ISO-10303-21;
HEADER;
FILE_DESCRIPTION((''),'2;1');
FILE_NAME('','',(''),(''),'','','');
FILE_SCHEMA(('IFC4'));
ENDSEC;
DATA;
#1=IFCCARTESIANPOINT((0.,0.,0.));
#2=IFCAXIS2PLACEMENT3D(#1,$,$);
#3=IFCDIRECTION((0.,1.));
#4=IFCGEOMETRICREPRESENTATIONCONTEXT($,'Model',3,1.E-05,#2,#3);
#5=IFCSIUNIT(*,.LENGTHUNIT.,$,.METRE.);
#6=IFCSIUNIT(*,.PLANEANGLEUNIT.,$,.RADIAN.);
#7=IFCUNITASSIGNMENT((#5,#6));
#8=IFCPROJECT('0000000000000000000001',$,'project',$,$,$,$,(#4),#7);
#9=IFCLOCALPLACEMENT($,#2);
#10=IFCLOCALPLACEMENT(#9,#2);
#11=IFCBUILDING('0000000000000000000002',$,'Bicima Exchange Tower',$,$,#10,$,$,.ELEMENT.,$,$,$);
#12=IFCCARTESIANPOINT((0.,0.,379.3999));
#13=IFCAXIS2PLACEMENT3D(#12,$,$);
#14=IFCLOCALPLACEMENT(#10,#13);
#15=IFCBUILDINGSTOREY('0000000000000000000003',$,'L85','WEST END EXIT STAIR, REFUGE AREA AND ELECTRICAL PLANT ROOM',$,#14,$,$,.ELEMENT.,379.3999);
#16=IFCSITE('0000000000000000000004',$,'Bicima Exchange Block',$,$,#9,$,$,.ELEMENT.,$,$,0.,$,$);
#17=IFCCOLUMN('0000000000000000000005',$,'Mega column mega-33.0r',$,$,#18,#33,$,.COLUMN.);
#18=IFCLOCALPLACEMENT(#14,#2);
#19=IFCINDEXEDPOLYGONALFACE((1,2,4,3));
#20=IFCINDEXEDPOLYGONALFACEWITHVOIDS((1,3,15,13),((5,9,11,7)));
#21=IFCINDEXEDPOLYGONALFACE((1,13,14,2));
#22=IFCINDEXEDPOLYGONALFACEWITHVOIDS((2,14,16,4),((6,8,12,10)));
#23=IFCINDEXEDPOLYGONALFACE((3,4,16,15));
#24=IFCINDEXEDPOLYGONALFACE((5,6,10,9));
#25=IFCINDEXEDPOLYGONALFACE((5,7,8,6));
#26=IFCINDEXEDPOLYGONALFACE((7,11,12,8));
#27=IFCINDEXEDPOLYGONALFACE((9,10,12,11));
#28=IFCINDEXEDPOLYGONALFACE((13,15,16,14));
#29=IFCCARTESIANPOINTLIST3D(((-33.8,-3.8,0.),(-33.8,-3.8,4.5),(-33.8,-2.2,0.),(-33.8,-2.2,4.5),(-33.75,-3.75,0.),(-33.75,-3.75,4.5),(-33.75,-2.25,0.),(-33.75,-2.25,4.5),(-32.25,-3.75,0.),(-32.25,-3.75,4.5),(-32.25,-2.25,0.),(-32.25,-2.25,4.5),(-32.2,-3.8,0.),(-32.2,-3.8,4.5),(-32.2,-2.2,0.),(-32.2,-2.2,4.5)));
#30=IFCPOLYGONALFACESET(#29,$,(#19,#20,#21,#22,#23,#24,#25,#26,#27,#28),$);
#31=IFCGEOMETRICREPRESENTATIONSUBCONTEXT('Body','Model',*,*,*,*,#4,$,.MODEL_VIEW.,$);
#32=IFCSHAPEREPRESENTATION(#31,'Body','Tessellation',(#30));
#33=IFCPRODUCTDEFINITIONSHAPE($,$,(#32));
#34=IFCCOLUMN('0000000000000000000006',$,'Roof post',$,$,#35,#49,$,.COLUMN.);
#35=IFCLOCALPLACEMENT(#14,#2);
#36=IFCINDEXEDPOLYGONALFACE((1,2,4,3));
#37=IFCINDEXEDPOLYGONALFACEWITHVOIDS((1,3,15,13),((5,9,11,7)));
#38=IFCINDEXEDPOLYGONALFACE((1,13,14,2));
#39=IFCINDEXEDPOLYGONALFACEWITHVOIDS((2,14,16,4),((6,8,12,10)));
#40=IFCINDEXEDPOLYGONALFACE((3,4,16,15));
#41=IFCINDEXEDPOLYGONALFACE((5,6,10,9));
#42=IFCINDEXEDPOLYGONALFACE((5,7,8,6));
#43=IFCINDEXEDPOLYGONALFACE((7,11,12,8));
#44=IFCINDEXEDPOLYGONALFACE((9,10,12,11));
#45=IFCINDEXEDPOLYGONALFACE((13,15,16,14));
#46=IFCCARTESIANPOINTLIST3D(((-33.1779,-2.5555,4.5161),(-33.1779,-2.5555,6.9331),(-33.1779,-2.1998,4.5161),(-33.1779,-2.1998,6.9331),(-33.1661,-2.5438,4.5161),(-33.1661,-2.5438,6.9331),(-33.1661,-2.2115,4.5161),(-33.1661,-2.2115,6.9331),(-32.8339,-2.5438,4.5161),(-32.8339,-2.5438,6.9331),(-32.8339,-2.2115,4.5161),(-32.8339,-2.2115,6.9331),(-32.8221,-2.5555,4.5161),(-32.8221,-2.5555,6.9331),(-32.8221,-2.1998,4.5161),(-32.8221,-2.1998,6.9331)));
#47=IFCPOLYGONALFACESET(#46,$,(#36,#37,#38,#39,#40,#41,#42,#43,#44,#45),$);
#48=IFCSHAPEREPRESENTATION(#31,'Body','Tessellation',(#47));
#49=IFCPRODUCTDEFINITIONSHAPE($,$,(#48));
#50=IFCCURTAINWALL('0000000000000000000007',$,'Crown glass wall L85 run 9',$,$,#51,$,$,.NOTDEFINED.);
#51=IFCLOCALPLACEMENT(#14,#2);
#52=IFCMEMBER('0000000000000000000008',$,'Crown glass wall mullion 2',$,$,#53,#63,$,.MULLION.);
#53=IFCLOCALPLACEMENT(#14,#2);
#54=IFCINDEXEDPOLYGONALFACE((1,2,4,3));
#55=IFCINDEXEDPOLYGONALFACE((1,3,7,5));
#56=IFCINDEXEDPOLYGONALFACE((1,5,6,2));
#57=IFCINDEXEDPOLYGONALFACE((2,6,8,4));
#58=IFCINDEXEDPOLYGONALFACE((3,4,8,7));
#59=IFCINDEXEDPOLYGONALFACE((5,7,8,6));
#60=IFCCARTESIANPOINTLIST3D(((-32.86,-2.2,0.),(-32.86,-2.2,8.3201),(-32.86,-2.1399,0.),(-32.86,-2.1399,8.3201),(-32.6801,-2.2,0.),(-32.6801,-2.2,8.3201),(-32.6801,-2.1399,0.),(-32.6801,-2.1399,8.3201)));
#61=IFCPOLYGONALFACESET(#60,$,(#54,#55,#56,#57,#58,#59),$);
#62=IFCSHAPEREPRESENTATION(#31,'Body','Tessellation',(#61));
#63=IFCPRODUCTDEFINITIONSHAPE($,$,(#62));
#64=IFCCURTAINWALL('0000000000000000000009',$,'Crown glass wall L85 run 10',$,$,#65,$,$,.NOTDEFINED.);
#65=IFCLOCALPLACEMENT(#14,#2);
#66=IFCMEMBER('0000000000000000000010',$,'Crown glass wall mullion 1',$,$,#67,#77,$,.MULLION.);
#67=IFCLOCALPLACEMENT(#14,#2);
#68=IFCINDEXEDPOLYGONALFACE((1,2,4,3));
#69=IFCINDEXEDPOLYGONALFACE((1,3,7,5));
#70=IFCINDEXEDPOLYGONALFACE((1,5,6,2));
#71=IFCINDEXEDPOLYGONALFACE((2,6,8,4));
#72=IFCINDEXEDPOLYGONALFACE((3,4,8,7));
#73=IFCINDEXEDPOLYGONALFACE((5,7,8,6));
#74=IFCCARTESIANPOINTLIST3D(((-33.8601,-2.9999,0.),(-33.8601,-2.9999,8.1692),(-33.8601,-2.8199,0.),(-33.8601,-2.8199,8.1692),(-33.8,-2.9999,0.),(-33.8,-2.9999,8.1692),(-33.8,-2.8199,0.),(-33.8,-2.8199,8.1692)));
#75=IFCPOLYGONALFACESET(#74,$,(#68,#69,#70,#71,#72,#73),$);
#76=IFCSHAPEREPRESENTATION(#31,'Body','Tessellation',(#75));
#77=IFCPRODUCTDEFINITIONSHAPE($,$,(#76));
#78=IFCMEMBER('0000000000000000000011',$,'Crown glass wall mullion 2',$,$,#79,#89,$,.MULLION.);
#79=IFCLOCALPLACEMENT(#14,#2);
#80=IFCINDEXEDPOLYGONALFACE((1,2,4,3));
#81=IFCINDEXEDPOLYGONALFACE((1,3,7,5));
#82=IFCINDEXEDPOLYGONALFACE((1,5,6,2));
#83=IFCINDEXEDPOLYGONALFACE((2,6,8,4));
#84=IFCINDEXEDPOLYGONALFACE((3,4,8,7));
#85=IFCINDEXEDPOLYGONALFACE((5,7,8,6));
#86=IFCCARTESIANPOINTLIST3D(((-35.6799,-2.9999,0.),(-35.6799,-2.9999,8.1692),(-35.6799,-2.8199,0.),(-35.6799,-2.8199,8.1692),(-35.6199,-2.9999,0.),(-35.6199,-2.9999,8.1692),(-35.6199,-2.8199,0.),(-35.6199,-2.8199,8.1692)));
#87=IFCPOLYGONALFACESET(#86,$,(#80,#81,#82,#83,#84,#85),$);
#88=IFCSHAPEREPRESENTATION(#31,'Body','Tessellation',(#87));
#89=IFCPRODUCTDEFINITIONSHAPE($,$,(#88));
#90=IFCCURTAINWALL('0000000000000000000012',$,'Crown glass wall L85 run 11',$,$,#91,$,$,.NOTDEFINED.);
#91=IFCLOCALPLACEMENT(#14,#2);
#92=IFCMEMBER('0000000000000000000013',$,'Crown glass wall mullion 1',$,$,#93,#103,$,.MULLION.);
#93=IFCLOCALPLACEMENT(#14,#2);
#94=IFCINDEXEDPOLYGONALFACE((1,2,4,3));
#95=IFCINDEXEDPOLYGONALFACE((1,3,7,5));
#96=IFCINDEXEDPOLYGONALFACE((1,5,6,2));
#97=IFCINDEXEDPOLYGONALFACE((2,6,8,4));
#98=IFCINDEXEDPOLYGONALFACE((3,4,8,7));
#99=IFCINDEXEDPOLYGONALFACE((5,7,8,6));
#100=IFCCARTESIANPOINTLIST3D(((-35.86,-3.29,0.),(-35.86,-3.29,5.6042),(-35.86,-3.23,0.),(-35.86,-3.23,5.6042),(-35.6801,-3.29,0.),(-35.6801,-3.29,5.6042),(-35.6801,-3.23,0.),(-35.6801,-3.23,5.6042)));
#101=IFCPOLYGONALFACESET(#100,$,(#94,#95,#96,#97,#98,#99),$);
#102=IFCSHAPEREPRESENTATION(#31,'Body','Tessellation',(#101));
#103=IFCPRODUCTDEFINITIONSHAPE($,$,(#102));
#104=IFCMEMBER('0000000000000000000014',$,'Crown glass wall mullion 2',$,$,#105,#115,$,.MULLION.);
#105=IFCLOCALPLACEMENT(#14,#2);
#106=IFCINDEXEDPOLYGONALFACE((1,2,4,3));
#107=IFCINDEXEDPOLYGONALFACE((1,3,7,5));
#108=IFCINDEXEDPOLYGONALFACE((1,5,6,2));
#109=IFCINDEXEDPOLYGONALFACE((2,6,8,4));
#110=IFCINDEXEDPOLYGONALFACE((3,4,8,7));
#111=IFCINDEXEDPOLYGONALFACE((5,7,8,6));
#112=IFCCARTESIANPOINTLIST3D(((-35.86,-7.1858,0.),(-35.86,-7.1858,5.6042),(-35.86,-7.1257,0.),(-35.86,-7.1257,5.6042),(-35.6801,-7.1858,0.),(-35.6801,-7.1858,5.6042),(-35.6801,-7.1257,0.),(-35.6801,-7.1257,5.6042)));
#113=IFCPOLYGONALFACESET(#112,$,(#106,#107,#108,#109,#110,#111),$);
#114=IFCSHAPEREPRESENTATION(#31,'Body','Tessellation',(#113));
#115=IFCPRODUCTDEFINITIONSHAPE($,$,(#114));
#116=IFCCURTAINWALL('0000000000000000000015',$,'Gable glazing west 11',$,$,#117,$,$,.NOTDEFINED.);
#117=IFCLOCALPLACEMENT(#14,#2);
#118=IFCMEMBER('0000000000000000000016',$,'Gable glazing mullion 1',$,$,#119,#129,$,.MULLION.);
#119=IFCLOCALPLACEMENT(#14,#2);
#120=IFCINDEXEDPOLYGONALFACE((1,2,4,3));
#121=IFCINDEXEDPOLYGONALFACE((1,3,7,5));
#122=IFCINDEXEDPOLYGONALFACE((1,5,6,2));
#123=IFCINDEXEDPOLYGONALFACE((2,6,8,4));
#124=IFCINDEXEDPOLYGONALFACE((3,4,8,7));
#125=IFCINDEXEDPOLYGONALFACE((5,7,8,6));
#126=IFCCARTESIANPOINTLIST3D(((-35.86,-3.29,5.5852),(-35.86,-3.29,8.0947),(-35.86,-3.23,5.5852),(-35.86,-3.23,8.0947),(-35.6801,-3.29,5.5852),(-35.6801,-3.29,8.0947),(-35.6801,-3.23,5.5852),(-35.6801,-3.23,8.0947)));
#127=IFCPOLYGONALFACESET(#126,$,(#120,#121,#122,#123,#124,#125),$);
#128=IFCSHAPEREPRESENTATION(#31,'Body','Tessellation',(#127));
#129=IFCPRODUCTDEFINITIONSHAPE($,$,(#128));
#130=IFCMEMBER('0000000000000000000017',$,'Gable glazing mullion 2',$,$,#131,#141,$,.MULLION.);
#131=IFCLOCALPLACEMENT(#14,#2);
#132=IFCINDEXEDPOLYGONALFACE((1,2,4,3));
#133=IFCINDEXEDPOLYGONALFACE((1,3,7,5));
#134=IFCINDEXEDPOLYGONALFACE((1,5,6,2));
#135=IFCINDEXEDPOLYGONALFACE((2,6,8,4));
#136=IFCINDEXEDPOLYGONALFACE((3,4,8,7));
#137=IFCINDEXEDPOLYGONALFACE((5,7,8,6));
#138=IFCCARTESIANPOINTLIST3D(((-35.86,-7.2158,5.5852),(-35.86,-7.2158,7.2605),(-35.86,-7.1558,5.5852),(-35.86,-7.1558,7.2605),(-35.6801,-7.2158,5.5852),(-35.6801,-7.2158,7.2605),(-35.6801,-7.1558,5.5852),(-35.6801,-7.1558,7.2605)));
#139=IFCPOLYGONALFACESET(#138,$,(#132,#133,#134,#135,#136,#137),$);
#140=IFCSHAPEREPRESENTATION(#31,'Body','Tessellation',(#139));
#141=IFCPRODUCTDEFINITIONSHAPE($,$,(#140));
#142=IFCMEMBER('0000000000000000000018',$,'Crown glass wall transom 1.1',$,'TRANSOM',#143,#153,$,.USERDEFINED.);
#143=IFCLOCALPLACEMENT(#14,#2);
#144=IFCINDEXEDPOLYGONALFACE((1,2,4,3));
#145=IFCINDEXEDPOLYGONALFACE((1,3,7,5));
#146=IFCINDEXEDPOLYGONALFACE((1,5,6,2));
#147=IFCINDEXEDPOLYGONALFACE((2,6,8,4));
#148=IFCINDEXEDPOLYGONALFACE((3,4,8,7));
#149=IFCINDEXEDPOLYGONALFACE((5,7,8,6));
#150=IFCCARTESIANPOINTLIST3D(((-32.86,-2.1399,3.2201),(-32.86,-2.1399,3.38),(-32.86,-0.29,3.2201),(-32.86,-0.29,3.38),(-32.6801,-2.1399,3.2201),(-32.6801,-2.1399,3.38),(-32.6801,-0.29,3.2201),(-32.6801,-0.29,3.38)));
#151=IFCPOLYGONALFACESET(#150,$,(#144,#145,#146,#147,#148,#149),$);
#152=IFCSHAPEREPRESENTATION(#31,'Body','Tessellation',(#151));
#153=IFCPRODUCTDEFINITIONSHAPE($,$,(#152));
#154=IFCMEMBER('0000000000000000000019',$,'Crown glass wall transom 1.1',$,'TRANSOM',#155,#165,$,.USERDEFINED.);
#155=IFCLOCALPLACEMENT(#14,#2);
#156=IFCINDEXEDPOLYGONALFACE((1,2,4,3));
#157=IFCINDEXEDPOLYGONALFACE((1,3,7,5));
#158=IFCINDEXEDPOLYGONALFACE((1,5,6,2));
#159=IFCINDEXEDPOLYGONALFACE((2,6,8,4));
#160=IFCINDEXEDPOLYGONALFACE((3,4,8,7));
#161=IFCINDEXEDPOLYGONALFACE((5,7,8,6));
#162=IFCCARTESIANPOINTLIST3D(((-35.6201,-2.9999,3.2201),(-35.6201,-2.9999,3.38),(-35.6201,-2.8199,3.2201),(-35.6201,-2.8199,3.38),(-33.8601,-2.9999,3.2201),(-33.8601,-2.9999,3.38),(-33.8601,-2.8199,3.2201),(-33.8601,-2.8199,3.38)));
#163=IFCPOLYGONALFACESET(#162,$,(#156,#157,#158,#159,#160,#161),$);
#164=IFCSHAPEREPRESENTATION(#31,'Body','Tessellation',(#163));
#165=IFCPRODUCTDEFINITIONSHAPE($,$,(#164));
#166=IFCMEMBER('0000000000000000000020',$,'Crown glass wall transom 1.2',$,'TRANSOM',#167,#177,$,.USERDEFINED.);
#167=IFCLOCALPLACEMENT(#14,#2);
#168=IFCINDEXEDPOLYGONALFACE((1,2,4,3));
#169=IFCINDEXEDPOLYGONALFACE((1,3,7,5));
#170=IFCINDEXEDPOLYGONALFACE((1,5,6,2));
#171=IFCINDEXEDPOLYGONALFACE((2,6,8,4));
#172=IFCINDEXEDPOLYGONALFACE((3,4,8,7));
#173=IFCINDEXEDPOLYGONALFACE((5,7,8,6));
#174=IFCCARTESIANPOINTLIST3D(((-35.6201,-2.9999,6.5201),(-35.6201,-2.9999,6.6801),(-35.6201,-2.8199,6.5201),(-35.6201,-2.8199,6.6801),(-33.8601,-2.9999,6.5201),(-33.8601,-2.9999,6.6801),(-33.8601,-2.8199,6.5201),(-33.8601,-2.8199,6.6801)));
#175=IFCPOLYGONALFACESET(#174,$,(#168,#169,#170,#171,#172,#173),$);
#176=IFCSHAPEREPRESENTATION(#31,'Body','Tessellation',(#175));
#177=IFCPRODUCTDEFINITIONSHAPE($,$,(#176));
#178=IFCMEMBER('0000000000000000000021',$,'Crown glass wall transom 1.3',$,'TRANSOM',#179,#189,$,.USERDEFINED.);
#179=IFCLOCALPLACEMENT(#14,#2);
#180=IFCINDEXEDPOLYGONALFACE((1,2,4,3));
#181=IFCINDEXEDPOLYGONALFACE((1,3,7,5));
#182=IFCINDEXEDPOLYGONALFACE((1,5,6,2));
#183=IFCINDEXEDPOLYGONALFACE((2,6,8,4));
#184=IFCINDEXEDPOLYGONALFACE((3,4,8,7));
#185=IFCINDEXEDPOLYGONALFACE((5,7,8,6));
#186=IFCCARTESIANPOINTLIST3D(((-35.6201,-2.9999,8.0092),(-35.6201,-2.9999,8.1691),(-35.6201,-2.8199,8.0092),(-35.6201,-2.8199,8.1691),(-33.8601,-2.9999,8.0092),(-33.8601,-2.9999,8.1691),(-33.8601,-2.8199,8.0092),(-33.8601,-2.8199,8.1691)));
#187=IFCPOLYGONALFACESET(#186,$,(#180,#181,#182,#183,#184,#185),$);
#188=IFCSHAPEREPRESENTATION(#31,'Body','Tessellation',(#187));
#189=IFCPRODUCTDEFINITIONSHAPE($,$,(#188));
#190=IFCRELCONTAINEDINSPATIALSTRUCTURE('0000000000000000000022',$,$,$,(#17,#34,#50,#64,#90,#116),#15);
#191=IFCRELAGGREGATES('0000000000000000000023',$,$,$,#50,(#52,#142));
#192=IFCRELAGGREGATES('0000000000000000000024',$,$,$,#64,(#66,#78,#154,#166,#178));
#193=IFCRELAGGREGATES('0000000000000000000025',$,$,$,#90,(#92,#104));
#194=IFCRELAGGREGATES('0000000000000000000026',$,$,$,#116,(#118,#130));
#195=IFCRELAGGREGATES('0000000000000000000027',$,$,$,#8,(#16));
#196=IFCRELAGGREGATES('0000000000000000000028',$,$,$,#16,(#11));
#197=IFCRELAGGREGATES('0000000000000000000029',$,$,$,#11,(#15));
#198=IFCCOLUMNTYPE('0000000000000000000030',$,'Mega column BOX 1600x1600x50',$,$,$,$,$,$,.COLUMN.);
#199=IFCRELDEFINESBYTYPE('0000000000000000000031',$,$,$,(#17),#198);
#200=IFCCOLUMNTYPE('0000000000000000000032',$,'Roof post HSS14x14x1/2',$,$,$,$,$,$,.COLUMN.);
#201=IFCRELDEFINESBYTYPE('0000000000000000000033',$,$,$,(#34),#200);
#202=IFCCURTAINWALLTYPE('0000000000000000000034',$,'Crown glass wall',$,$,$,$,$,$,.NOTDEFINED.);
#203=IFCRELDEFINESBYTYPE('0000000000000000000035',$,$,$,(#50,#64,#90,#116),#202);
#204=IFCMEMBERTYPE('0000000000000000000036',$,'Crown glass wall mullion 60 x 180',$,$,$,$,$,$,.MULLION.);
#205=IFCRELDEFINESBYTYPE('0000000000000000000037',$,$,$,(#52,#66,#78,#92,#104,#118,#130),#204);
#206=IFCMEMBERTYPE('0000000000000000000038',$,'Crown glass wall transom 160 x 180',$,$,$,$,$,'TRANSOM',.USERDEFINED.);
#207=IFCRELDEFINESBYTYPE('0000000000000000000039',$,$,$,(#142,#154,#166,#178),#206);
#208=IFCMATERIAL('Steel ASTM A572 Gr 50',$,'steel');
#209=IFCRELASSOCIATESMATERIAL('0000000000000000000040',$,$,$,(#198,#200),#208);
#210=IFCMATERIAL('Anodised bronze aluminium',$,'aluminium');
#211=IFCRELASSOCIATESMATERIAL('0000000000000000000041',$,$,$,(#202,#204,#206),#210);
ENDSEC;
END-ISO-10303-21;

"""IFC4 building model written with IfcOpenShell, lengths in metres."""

from ifc_helpers import new_model, si_unit, direction, frame, origin, origin_2d, place, context, subcontext, project, spatial, rectangle, hollow_rectangle, extrude, material, material_profile, profile_set, type_object, element, aggregate, save


model = new_model("IFC4")

# Units and contexts
model_context = context("Model", 3, precision=1e-05, world=origin(), true_north=direction((0.0, 1.0)))
body_context = subcontext(model_context, "Body", "Model", "MODEL_VIEW")
ifc_project = project(units=[si_unit("LENGTHUNIT", "METRE"), si_unit("PLANEANGLEUNIT", "RADIAN")], contexts=[model_context])

# Site, building, storey
site_placement = place(None, origin())
site = spatial("IfcSite", under=ifc_project, at=site_placement, Name="Bicima Exchange Block", CompositionType="ELEMENT", RefElevation=0.0)
building_placement = place(site_placement, origin())
building = spatial("IfcBuilding", under=site, at=building_placement, Name="Bicima Exchange Tower", CompositionType="ELEMENT")
storey_placement = place(building_placement, frame((0.0, 0.0, 379.3999)))
storey = spatial("IfcBuildingStorey", under=building, at=storey_placement, Name="L85", Description="WEST END EXIT STAIR, REFUGE AREA AND ELECTRICAL PLANT ROOM", CompositionType="ELEMENT", Elevation=379.3999)

# Columns
ifc_material_1 = material(Name="Steel ASTM A572 Gr 50", Category="steel")
ifc_material_profile_1 = material_profile(ifc_material_1, hollow_rectangle(XDim=1.6001, YDim=1.6001, WallThickness=0.05, at=origin_2d()))
ifc_profile_set_1 = profile_set([ifc_material_profile_1], Name="Steel ASTM A572 Gr 50")
column_type_1 = type_object("IfcColumnType", Name="Mega column BOX 1600x1600x50", PredefinedType="COLUMN", material=ifc_profile_set_1)
column_1_placement = place(storey_placement, frame((-33.0, -3.0, 0.0), z_axis=(0.0, 0.0, 1.0), x_axis=(1.0, 0.0, 0.0)))
element("IfcColumn", 1, at=column_1_placement, inside=storey, type_object=column_type_1, Name="Mega column mega-33.0r", PredefinedType="COLUMN", context=body_context, shape_type="SweptSolid", body=[
    extrude(hollow_rectangle(XDim=1.6001, YDim=1.6001, WallThickness=0.05, at=origin_2d()), origin(), (0.0, 0.0, 1.0), 4.5),
])
ifc_material_profile_2 = material_profile(ifc_material_1, hollow_rectangle(XDim=0.3557, YDim=0.3557, WallThickness=0.0117, at=origin_2d()))
ifc_profile_set_2 = profile_set([ifc_material_profile_2], Name="Steel ASTM A572 Gr 50")
column_type_2 = type_object("IfcColumnType", Name="Roof post HSS14x14x1/2", PredefinedType="COLUMN", material=ifc_profile_set_2)
column_2_placement = place(storey_placement, frame((-33.0, -2.3777, 4.5161), z_axis=(0.0, 0.0, 1.0), x_axis=(1.0, 0.0, 0.0)))
element("IfcColumn", 2, at=column_2_placement, inside=storey, type_object=column_type_2, Name="Roof post", PredefinedType="COLUMN", context=body_context, shape_type="SweptSolid", body=[
    extrude(hollow_rectangle(XDim=0.3557, YDim=0.3557, WallThickness=0.0117, at=origin_2d()), origin(), (0.0, 0.0, 1.0), 2.417),
])

# Curtain wall, member
ifc_material_2 = material(Name="Anodised bronze aluminium", Category="aluminium")
curtain_wall_type = type_object("IfcCurtainWallType", Name="Crown glass wall", PredefinedType="NOTDEFINED", material=ifc_material_2)
curtain_wall_1_placement = place(storey_placement, origin())
curtain_wall_1 = element("IfcCurtainWall", 3, at=curtain_wall_1_placement, inside=storey, type_object=curtain_wall_type, Name="Crown glass wall L85 run 9", PredefinedType="NOTDEFINED")
ifc_material_profile_3 = material_profile(ifc_material_2, rectangle(XDim=0.1799, YDim=0.0601, at=origin_2d()))
ifc_profile_set_3 = profile_set([ifc_material_profile_3], Name="Anodised bronze aluminium")
member_type_1 = type_object("IfcMemberType", Name="Crown glass wall mullion 60 x 180", PredefinedType="MULLION", material=ifc_profile_set_3)
member_1_placement = place(storey_placement, frame((-32.77, -2.1699, 0.0), z_axis=(0.0, 0.0, 1.0), x_axis=(1.0, 0.0, 0.0)))
member_1 = element("IfcMember", 4, at=member_1_placement, type_object=member_type_1, Name="Crown glass wall mullion 2", PredefinedType="MULLION", context=body_context, shape_type="SweptSolid", body=[
    extrude(rectangle(XDim=0.1799, YDim=0.0601, at=origin_2d()), origin(), (0.0, 0.0, 1.0), 8.3201),
])

# Curtain walls, members
curtain_wall_2_placement = place(storey_placement, origin())
curtain_wall_2 = element("IfcCurtainWall", 5, at=curtain_wall_2_placement, inside=storey, type_object=curtain_wall_type, Name="Crown glass wall L85 run 10", PredefinedType="NOTDEFINED")
member_2_placement = place(storey_placement, frame((-33.8301, -2.9099, 0.0), z_axis=(0.0, 0.0, 1.0), x_axis=(0.0, -1.0, 0.0)))
member_2 = element("IfcMember", 6, at=member_2_placement, type_object=member_type_1, Name="Crown glass wall mullion 1", PredefinedType="MULLION", context=body_context, shape_type="SweptSolid", body=[
    extrude(rectangle(XDim=0.1799, YDim=0.0601, at=origin_2d()), origin(), (0.0, 0.0, 1.0), 8.1692),
])
member_3_placement = place(storey_placement, frame((-35.6499, -2.9099, 0.0), z_axis=(0.0, 0.0, 1.0), x_axis=(0.0, -1.0, 0.0)))
member_3 = element("IfcMember", 7, at=member_3_placement, type_object=member_type_1, Name="Crown glass wall mullion 2", PredefinedType="MULLION", context=body_context, shape_type="SweptSolid", body=[
    extrude(rectangle(XDim=0.1799, YDim=0.0601, at=origin_2d()), origin(), (0.0, 0.0, 1.0), 8.1692),
])
curtain_wall_3_placement = place(storey_placement, origin())
curtain_wall_3 = element("IfcCurtainWall", 8, at=curtain_wall_3_placement, inside=storey, type_object=curtain_wall_type, Name="Crown glass wall L85 run 11", PredefinedType="NOTDEFINED")
member_4_placement = place(storey_placement, frame((-35.77, -3.26, 0.0), z_axis=(0.0, 0.0, 1.0), x_axis=(1.0, 0.0, 0.0)))
member_4 = element("IfcMember", 9, at=member_4_placement, type_object=member_type_1, Name="Crown glass wall mullion 1", PredefinedType="MULLION", context=body_context, shape_type="SweptSolid", body=[
    extrude(rectangle(XDim=0.1799, YDim=0.0601, at=origin_2d()), origin(), (0.0, 0.0, 1.0), 5.6042),
])
member_5_placement = place(storey_placement, frame((-35.77, -7.1558, 0.0), z_axis=(0.0, 0.0, 1.0), x_axis=(1.0, 0.0, 0.0)))
member_5 = element("IfcMember", 10, at=member_5_placement, type_object=member_type_1, Name="Crown glass wall mullion 2", PredefinedType="MULLION", context=body_context, shape_type="SweptSolid", body=[
    extrude(rectangle(XDim=0.1799, YDim=0.0601, at=origin_2d()), origin(), (0.0, 0.0, 1.0), 5.6042),
])
curtain_wall_4_placement = place(storey_placement, origin())
curtain_wall_4 = element("IfcCurtainWall", 11, at=curtain_wall_4_placement, inside=storey, type_object=curtain_wall_type, Name="Gable glazing west 11", PredefinedType="NOTDEFINED")
member_6_placement = place(storey_placement, frame((-35.77, -3.26, 5.5852), z_axis=(0.0, 0.0, 1.0), x_axis=(1.0, 0.0, 0.0)))
member_6 = element("IfcMember", 12, at=member_6_placement, type_object=member_type_1, Name="Gable glazing mullion 1", PredefinedType="MULLION", context=body_context, shape_type="SweptSolid", body=[
    extrude(rectangle(XDim=0.1799, YDim=0.0601, at=origin_2d()), origin(), (0.0, 0.0, 1.0), 2.5095),
])
member_7_placement = place(storey_placement, frame((-35.77, -7.1858, 5.5852), z_axis=(0.0, 0.0, 1.0), x_axis=(1.0, 0.0, 0.0)))
member_7 = element("IfcMember", 13, at=member_7_placement, type_object=member_type_1, Name="Gable glazing mullion 2", PredefinedType="MULLION", context=body_context, shape_type="SweptSolid", body=[
    extrude(rectangle(XDim=0.1799, YDim=0.0601, at=origin_2d()), origin(), (0.0, 0.0, 1.0), 1.6753),
])

# Members
ifc_material_profile_4 = material_profile(ifc_material_2, rectangle(XDim=0.1799, YDim=0.1599, at=origin_2d()))
ifc_profile_set_4 = profile_set([ifc_material_profile_4], Name="Anodised bronze aluminium")
member_type_2 = type_object("IfcMemberType", Name="Crown glass wall transom 160 x 180", ElementType="TRANSOM", PredefinedType="USERDEFINED", material=ifc_profile_set_4)
member_8_placement = place(storey_placement, frame((-32.77, -0.29, 3.3), z_axis=(0.0, -1.0, 0.0), x_axis=(1.0, 0.0, 0.0)))
member_8 = element("IfcMember", 14, at=member_8_placement, type_object=member_type_2, Name="Crown glass wall transom 1.1", ObjectType="TRANSOM", PredefinedType="USERDEFINED", context=body_context, shape_type="SweptSolid", body=[
    extrude(rectangle(XDim=0.1799, YDim=0.1599, at=origin_2d()), origin(), (0.0, 0.0, 1.0), 1.8499),
])
member_9_placement = place(storey_placement, frame((-33.8601, -2.9099, 3.3), z_axis=(-1.0, 0.0, 0.0), x_axis=(0.0, -1.0, 0.0)))
member_9 = element("IfcMember", 15, at=member_9_placement, type_object=member_type_2, Name="Crown glass wall transom 1.1", ObjectType="TRANSOM", PredefinedType="USERDEFINED", context=body_context, shape_type="SweptSolid", body=[
    extrude(rectangle(XDim=0.1799, YDim=0.1599, at=origin_2d()), origin(), (0.0, 0.0, 1.0), 1.76),
])
member_10_placement = place(storey_placement, frame((-33.8601, -2.9099, 6.6001), z_axis=(-1.0, 0.0, 0.0), x_axis=(0.0, -1.0, 0.0)))
member_10 = element("IfcMember", 16, at=member_10_placement, type_object=member_type_2, Name="Crown glass wall transom 1.2", ObjectType="TRANSOM", PredefinedType="USERDEFINED", context=body_context, shape_type="SweptSolid", body=[
    extrude(rectangle(XDim=0.1799, YDim=0.1599, at=origin_2d()), origin(), (0.0, 0.0, 1.0), 1.76),
])
member_11_placement = place(storey_placement, frame((-33.8601, -2.9099, 8.0891), z_axis=(-1.0, 0.0, 0.0), x_axis=(0.0, -1.0, 0.0)))
member_11 = element("IfcMember", 17, at=member_11_placement, type_object=member_type_2, Name="Crown glass wall transom 1.3", ObjectType="TRANSOM", PredefinedType="USERDEFINED", context=body_context, shape_type="SweptSolid", body=[
    extrude(rectangle(XDim=0.1799, YDim=0.1599, at=origin_2d()), origin(), (0.0, 0.0, 1.0), 1.76),
])

aggregate(curtain_wall_1, [member_1, member_8])
aggregate(curtain_wall_2, [member_2, member_3, member_9, member_10, member_11])
aggregate(curtain_wall_3, [member_4, member_5])
aggregate(curtain_wall_4, [member_6, member_7])

save(model, "model.ifc")
